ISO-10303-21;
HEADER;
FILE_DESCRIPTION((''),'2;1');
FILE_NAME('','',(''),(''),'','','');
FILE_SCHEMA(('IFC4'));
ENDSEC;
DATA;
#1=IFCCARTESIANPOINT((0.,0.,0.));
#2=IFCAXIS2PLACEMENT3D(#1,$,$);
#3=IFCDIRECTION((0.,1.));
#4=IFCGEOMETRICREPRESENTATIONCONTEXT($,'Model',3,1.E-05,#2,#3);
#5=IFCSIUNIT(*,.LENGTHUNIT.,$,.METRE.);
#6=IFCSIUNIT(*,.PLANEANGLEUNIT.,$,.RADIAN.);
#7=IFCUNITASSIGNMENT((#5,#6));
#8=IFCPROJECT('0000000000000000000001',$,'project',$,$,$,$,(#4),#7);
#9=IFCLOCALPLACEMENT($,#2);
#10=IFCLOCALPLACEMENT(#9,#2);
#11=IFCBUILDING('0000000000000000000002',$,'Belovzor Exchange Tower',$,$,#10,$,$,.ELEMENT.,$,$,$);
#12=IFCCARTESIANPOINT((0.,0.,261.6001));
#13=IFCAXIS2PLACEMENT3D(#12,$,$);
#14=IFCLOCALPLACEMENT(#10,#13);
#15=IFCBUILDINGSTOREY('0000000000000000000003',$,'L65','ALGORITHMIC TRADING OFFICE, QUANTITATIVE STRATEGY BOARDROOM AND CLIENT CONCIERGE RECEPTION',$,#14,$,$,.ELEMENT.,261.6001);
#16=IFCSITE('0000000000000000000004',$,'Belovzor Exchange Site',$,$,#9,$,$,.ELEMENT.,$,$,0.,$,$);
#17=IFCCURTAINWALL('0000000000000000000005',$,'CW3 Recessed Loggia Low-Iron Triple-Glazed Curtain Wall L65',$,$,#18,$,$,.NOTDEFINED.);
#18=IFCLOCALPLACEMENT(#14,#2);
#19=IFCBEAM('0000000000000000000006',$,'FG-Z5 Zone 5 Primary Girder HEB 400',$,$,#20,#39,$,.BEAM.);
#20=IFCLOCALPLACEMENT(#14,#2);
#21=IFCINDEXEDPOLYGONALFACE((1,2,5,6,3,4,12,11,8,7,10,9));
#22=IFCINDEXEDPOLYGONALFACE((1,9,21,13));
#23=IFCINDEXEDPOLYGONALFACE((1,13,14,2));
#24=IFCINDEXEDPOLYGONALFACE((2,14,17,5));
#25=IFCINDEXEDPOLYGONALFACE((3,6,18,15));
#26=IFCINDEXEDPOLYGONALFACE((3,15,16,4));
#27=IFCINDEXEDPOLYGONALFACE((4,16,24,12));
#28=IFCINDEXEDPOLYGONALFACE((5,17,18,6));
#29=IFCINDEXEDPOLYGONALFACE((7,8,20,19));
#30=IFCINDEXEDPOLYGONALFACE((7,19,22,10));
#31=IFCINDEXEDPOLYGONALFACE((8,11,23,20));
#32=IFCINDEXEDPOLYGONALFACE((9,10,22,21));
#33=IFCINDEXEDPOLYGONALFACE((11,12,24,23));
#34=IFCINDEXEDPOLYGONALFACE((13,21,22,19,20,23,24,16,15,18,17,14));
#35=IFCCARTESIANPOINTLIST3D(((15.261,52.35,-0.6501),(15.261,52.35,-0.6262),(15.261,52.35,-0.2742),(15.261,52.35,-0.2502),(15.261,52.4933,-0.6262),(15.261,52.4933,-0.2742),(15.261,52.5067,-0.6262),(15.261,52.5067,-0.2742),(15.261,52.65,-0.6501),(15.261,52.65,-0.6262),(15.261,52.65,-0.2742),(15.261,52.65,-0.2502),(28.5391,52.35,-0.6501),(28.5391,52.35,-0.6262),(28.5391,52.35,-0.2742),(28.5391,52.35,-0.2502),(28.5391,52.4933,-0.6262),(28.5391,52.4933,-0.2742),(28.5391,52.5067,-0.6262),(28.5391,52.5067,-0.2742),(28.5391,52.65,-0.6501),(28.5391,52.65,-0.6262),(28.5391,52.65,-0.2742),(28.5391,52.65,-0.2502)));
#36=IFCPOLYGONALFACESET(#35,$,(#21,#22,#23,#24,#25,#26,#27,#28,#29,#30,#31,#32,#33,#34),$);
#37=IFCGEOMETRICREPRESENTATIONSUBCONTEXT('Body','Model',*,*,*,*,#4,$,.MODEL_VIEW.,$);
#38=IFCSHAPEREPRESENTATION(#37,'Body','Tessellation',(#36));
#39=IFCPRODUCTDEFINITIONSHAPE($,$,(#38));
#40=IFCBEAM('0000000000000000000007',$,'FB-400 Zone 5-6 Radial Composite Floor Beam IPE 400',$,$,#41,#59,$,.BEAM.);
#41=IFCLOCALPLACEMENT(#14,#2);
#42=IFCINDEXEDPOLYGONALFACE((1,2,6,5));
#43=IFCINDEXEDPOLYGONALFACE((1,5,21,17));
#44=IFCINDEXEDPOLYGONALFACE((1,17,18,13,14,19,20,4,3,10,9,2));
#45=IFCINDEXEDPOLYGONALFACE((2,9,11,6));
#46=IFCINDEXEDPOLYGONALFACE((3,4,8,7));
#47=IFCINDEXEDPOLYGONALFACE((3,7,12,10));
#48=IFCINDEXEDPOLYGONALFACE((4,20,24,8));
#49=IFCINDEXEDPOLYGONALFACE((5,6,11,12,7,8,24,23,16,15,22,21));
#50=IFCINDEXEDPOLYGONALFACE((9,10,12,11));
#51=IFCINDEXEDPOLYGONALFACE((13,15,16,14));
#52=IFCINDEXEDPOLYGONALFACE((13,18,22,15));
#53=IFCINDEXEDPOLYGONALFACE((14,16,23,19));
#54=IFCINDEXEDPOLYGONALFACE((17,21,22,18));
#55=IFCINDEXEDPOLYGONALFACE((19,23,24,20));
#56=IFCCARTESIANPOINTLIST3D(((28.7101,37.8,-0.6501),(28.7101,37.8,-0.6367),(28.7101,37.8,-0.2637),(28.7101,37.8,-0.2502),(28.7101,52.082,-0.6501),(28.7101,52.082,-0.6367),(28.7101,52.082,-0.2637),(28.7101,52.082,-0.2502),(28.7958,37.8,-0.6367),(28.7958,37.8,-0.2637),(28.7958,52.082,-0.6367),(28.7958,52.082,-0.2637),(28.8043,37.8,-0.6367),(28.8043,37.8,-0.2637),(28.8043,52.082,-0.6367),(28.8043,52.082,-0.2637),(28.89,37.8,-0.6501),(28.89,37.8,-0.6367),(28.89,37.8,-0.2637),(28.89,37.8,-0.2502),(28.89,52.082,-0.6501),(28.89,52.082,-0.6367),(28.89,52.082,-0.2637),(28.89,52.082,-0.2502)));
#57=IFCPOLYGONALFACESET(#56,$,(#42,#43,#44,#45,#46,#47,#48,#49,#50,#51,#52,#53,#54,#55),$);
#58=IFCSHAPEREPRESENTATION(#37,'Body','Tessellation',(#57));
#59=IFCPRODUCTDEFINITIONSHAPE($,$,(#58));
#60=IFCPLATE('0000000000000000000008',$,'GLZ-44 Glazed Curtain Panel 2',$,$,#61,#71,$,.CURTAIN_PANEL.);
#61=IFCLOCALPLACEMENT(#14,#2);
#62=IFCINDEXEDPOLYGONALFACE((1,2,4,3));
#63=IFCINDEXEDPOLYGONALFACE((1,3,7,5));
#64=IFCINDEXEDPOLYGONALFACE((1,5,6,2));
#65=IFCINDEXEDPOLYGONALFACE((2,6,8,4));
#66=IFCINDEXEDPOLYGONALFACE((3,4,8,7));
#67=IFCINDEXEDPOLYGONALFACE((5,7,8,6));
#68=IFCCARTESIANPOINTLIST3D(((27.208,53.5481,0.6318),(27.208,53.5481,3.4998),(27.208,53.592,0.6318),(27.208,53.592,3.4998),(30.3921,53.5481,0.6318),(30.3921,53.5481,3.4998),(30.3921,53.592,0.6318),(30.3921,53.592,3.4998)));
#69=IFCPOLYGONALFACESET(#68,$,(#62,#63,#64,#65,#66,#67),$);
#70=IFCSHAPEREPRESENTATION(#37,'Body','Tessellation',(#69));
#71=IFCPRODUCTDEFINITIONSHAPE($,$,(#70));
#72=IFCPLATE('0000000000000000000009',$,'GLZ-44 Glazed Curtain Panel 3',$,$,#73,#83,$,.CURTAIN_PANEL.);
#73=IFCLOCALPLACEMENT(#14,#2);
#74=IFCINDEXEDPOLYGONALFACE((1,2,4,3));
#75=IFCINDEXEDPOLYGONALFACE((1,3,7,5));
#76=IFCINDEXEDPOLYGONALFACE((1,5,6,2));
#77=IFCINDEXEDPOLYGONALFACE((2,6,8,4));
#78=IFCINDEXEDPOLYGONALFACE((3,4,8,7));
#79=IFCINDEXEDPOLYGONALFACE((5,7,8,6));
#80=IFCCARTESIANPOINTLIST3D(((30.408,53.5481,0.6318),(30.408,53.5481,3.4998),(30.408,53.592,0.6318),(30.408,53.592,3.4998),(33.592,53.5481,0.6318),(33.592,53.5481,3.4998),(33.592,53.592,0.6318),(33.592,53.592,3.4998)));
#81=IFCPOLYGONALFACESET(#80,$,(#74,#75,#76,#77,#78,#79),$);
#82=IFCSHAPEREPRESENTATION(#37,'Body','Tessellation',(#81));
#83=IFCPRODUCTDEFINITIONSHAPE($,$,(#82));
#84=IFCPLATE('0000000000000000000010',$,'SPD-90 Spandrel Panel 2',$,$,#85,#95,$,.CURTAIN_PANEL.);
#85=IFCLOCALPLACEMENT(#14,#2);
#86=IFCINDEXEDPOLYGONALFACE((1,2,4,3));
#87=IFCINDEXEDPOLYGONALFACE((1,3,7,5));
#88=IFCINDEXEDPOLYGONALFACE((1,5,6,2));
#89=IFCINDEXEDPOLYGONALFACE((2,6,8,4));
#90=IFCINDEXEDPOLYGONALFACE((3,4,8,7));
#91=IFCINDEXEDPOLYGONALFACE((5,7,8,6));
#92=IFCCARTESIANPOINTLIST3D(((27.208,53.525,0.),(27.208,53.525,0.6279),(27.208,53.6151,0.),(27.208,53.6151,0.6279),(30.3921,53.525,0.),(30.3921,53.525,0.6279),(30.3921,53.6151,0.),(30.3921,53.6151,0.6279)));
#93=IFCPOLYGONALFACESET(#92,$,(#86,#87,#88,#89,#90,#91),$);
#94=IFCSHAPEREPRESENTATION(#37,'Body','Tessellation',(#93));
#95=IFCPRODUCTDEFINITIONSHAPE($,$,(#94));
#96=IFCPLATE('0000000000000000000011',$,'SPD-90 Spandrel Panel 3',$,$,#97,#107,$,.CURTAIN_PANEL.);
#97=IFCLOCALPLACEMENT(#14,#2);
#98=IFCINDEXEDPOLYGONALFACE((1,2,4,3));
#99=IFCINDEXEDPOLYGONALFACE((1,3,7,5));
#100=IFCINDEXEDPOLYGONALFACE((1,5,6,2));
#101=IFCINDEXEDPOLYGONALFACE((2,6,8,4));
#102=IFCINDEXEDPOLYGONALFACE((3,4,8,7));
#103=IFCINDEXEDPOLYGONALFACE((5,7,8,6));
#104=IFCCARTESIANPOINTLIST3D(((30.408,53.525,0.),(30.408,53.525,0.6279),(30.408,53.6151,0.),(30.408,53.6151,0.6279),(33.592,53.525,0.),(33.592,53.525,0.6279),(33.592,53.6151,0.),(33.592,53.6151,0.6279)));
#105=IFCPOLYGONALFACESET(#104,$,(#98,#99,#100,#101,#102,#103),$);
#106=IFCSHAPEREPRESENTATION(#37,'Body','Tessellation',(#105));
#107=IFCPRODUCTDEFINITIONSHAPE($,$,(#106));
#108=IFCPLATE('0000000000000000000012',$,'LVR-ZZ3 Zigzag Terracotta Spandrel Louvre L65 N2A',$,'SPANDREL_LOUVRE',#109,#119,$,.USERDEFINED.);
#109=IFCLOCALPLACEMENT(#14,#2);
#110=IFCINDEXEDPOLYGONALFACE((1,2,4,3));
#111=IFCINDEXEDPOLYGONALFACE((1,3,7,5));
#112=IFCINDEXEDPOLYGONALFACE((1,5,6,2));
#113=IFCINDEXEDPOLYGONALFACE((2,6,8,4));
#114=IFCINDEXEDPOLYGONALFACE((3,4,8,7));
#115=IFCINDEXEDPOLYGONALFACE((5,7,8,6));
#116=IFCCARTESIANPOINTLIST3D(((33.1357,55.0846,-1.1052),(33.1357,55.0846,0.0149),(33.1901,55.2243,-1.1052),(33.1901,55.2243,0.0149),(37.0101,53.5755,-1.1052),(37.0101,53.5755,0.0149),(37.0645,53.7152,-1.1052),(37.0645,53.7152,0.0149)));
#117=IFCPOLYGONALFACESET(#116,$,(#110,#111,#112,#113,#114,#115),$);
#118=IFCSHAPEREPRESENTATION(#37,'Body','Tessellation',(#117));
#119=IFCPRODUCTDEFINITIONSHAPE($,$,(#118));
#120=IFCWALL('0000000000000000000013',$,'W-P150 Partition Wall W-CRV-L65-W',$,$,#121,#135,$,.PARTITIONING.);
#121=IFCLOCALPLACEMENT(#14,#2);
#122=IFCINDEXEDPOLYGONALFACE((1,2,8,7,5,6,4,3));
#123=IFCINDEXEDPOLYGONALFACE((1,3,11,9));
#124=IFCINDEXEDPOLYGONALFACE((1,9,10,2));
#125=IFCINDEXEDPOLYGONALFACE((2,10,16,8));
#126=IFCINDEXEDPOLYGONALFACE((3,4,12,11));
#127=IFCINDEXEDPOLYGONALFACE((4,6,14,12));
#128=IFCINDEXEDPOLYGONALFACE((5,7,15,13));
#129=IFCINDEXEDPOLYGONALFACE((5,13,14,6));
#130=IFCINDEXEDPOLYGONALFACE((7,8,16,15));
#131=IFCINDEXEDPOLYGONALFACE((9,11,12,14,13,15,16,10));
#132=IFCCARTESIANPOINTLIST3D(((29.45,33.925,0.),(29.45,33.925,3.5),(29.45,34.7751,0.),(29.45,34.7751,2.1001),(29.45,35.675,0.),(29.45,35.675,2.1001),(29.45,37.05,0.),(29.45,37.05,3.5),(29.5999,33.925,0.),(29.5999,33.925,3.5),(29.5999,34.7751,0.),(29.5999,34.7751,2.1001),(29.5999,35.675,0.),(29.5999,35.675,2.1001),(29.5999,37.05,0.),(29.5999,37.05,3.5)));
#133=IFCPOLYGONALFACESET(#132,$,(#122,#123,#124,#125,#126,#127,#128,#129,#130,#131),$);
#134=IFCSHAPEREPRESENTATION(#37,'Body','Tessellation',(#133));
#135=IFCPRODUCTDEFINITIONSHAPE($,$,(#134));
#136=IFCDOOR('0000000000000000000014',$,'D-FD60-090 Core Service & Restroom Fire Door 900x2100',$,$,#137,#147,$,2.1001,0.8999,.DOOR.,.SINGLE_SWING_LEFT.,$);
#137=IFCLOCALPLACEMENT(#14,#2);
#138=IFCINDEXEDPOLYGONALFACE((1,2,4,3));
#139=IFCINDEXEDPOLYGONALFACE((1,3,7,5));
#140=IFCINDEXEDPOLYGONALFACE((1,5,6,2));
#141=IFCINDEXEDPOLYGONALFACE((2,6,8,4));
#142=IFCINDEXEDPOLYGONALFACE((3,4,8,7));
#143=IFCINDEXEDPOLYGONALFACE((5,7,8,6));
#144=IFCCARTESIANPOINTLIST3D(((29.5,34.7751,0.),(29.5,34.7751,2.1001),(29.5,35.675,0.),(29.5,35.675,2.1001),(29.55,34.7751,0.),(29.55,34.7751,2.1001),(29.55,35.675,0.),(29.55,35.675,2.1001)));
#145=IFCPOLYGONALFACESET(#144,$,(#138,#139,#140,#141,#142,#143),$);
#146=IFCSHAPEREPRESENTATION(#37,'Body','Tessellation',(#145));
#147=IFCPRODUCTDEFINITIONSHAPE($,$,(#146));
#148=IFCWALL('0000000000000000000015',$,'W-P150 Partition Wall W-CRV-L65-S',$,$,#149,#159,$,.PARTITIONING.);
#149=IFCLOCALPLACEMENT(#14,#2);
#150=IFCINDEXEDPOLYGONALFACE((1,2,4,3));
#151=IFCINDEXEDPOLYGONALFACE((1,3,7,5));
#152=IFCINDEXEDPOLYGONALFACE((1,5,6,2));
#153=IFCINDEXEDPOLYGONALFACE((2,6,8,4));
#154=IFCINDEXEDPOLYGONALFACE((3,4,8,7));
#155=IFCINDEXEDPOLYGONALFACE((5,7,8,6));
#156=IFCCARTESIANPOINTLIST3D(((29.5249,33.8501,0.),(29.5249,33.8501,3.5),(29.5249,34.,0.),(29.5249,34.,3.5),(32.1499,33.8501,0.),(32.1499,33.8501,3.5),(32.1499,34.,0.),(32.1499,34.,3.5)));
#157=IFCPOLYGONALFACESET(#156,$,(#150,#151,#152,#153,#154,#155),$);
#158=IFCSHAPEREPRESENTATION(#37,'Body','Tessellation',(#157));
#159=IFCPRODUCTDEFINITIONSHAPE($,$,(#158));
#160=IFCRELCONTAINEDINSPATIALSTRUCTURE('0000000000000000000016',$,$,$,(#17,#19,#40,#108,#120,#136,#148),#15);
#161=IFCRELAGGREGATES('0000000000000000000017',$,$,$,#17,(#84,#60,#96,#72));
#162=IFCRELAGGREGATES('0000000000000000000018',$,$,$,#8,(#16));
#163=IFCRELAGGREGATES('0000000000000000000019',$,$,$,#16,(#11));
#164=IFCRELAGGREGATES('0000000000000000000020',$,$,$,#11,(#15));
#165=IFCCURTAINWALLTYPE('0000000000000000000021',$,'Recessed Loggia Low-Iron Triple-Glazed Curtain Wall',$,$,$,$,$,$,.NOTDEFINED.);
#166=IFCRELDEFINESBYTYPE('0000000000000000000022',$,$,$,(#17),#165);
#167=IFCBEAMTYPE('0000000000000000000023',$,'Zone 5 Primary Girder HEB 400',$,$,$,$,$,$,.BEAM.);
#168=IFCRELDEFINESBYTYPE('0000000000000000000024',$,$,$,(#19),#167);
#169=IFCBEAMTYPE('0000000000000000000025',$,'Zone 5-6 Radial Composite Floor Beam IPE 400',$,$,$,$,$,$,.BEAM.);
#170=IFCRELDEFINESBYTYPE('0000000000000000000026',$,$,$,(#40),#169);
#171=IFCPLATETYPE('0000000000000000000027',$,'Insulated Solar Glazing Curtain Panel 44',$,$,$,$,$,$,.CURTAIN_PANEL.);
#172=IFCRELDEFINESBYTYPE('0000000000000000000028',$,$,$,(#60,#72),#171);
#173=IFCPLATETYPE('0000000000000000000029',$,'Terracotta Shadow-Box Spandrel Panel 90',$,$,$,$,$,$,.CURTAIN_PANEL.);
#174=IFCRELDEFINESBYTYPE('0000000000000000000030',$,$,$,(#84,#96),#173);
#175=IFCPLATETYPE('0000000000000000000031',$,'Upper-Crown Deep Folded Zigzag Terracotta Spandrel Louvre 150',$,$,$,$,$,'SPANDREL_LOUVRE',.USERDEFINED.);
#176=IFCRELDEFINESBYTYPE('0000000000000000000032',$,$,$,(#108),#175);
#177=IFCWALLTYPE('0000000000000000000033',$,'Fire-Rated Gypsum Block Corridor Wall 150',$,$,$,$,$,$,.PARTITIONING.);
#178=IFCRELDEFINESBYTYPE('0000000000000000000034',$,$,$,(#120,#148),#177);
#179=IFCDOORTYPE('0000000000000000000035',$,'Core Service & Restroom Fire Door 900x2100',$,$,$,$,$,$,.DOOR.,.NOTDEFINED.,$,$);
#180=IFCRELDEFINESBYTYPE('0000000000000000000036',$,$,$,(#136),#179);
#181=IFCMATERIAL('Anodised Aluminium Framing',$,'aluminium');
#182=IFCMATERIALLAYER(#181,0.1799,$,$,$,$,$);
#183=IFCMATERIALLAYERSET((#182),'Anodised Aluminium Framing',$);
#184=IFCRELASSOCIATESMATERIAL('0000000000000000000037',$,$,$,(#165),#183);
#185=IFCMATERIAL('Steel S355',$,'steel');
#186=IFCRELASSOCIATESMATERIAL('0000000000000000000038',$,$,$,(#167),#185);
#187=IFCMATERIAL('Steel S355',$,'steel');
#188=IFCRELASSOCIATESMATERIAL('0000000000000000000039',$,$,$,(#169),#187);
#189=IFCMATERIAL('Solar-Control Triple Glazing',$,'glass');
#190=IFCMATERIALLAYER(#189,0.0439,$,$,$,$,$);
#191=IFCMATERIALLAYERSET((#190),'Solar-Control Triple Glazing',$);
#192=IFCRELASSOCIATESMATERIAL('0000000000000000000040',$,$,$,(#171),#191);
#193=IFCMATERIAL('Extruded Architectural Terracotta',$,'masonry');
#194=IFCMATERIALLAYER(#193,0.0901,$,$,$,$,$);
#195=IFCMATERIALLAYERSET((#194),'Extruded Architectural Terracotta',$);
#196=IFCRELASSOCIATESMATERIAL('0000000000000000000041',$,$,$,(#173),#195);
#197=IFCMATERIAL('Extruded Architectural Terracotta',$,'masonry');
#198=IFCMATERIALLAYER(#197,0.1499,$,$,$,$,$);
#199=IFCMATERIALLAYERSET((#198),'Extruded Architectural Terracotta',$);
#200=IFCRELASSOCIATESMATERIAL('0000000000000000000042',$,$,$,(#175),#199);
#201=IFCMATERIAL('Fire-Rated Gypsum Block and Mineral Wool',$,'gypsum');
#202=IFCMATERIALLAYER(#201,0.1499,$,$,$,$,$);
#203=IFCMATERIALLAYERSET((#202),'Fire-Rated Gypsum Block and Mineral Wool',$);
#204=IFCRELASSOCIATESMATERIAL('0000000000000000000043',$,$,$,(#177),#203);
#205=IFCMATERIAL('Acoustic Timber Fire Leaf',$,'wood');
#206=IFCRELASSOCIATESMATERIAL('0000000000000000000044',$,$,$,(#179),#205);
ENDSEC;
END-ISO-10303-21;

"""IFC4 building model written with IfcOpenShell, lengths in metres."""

from ifc_helpers import new_model, si_unit, direction, frame, frame_2d, origin, origin_2d, place, context, subcontext, project, spatial, rectangle, i_section, extrude, material, layer, layer_set, material_profile, profile_set, type_object, element, fill, aggregate, save


model = new_model("IFC4")

# Units and contexts
model_context = context("Model", 3, precision=1e-05, world=origin(), true_north=direction((0.0, 1.0)))
body_context = subcontext(model_context, "Body", "Model", "MODEL_VIEW")
ifc_project = project(units=[si_unit("LENGTHUNIT", "METRE"), si_unit("PLANEANGLEUNIT", "RADIAN")], contexts=[model_context])

# Site, building, storey
site_placement = place(None, origin())
site = spatial("IfcSite", under=ifc_project, at=site_placement, Name="Belovzor Exchange Site", CompositionType="ELEMENT", RefElevation=0.0)
building_placement = place(site_placement, origin())
building = spatial("IfcBuilding", under=site, at=building_placement, Name="Belovzor Exchange Tower", CompositionType="ELEMENT")
storey_placement = place(building_placement, frame((0.0, 0.0, 261.6001)))
storey = spatial("IfcBuildingStorey", under=building, at=storey_placement, Name="L65", Description="ALGORITHMIC TRADING OFFICE, QUANTITATIVE STRATEGY BOARDROOM AND CLIENT CONCIERGE RECEPTION", CompositionType="ELEMENT", Elevation=261.6001)

# Curtain wall
ifc_material_1 = material(Name="Anodised Aluminium Framing", Category="aluminium")
ifc_layer_1 = layer(ifc_material_1, 0.1799)
ifc_layer_set_1 = layer_set([ifc_layer_1], Name="Anodised Aluminium Framing")
curtain_wall_type = type_object("IfcCurtainWallType", Name="Recessed Loggia Low-Iron Triple-Glazed Curtain Wall", PredefinedType="NOTDEFINED", material=ifc_layer_set_1)
curtain_wall_placement = place(storey_placement, origin())
curtain_wall = element("IfcCurtainWall", 1, at=curtain_wall_placement, inside=storey, type_object=curtain_wall_type, Name="CW3 Recessed Loggia Low-Iron Triple-Glazed Curtain Wall L65", PredefinedType="NOTDEFINED")

# Beams
ifc_material_2 = material(Name="Steel S355", Category="steel")
ifc_material_profile_1 = material_profile(ifc_material_2, i_section(OverallWidth=0.3, OverallDepth=0.3999, WebThickness=0.0134, FlangeThickness=0.0239, at=origin_2d()))
ifc_profile_set_1 = profile_set([ifc_material_profile_1], Name="Steel S355")
beam_type_1 = type_object("IfcBeamType", Name="Zone 5 Primary Girder HEB 400", PredefinedType="BEAM", material=ifc_profile_set_1)
beam_1_placement = place(storey_placement, frame((28.5391, 52.5, -0.4502), z_axis=(-1.0, 0.0, 0.0), x_axis=(0.0, -1.0, 0.0)))
element("IfcBeam", 2, at=beam_1_placement, inside=storey, type_object=beam_type_1, Name="FG-Z5 Zone 5 Primary Girder HEB 400", PredefinedType="BEAM", context=body_context, shape_type="SweptSolid", body=[
    extrude(i_section(OverallWidth=0.3, OverallDepth=0.3999, WebThickness=0.0134, FlangeThickness=0.0239, at=origin_2d()), origin(), (0.0, 0.0, 1.0), 13.2781),
])
ifc_material_3 = material(Name="Steel S355", Category="steel")
ifc_material_profile_2 = material_profile(ifc_material_3, i_section(OverallWidth=0.1799, OverallDepth=0.3999, WebThickness=0.0085, FlangeThickness=0.0134, at=origin_2d()))
ifc_profile_set_2 = profile_set([ifc_material_profile_2], Name="Steel S355")
beam_type_2 = type_object("IfcBeamType", Name="Zone 5-6 Radial Composite Floor Beam IPE 400", PredefinedType="BEAM", material=ifc_profile_set_2)
beam_2_placement = place(storey_placement, frame((28.8, 37.8, -0.4502), z_axis=(0.0, 1.0, 0.0), x_axis=(-1.0, 0.0, 0.0)))
element("IfcBeam", 3, at=beam_2_placement, inside=storey, type_object=beam_type_2, Name="FB-400 Zone 5-6 Radial Composite Floor Beam IPE 400", PredefinedType="BEAM", context=body_context, shape_type="SweptSolid", body=[
    extrude(i_section(OverallWidth=0.1799, OverallDepth=0.3999, WebThickness=0.0085, FlangeThickness=0.0134, at=origin_2d()), origin(), (0.0, 0.0, 1.0), 14.282),
])

# Plates
ifc_material_4 = material(Name="Solar-Control Triple Glazing", Category="glass")
ifc_layer_2 = layer(ifc_material_4, 0.0439)
ifc_layer_set_2 = layer_set([ifc_layer_2], Name="Solar-Control Triple Glazing")
plate_type_1 = type_object("IfcPlateType", Name="Insulated Solar Glazing Curtain Panel 44", PredefinedType="CURTAIN_PANEL", material=ifc_layer_set_2)
plate_1_placement = place(storey_placement, frame((28.8, 53.5701, 0.6318), z_axis=(0.0, 0.0, 1.0), x_axis=(1.0, 0.0, 0.0)))
plate_1 = element("IfcPlate", 4, at=plate_1_placement, type_object=plate_type_1, Name="GLZ-44 Glazed Curtain Panel 2", PredefinedType="CURTAIN_PANEL", context=body_context, shape_type="SweptSolid", body=[
    extrude(rectangle(XDim=3.1841, YDim=0.0439, at=origin_2d()), origin(), (0.0, 0.0, 1.0), 2.8679),
])
plate_2_placement = place(storey_placement, frame((32.0, 53.5701, 0.6318), z_axis=(0.0, 0.0, 1.0), x_axis=(1.0, 0.0, 0.0)))
plate_2 = element("IfcPlate", 5, at=plate_2_placement, type_object=plate_type_1, Name="GLZ-44 Glazed Curtain Panel 3", PredefinedType="CURTAIN_PANEL", context=body_context, shape_type="SweptSolid", body=[
    extrude(rectangle(XDim=3.1841, YDim=0.0439, at=origin_2d()), origin(), (0.0, 0.0, 1.0), 2.8679),
])
ifc_material_5 = material(Name="Extruded Architectural Terracotta", Category="masonry")
ifc_layer_3 = layer(ifc_material_5, 0.0901)
ifc_layer_set_3 = layer_set([ifc_layer_3], Name="Extruded Architectural Terracotta")
plate_type_2 = type_object("IfcPlateType", Name="Terracotta Shadow-Box Spandrel Panel 90", PredefinedType="CURTAIN_PANEL", material=ifc_layer_set_3)
plate_3_placement = place(storey_placement, frame((28.8, 53.5701, 0.0), z_axis=(0.0, 0.0, 1.0), x_axis=(1.0, 0.0, 0.0)))
plate_3 = element("IfcPlate", 6, at=plate_3_placement, type_object=plate_type_2, Name="SPD-90 Spandrel Panel 2", PredefinedType="CURTAIN_PANEL", context=body_context, shape_type="SweptSolid", body=[
    extrude(rectangle(XDim=3.1841, YDim=0.0901, at=origin_2d()), origin(), (0.0, 0.0, 1.0), 0.6279),
])
plate_4_placement = place(storey_placement, frame((32.0, 53.5701, 0.0), z_axis=(0.0, 0.0, 1.0), x_axis=(1.0, 0.0, 0.0)))
plate_4 = element("IfcPlate", 7, at=plate_4_placement, type_object=plate_type_2, Name="SPD-90 Spandrel Panel 3", PredefinedType="CURTAIN_PANEL", context=body_context, shape_type="SweptSolid", body=[
    extrude(rectangle(XDim=3.1841, YDim=0.0901, at=origin_2d()), origin(), (0.0, 0.0, 1.0), 0.6279),
])
aggregate(curtain_wall, [plate_3, plate_1, plate_4, plate_2])
ifc_material_6 = material(Name="Extruded Architectural Terracotta", Category="masonry")
ifc_layer_4 = layer(ifc_material_6, 0.1499)
ifc_layer_set_4 = layer_set([ifc_layer_4], Name="Extruded Architectural Terracotta")
plate_type_3 = type_object("IfcPlateType", Name="Upper-Crown Deep Folded Zigzag Terracotta Spandrel Louvre 150", ElementType="SPANDREL_LOUVRE", PredefinedType="USERDEFINED", material=ifc_layer_set_4)
plate_5_placement = place(storey_placement, frame((35.1001, 54.3999, -1.1052), z_axis=(0.0, 0.0, 1.0), x_axis=(0.931818, -0.362926, 0.0)))
element("IfcPlate", 8, at=plate_5_placement, inside=storey, type_object=plate_type_3, Name="LVR-ZZ3 Zigzag Terracotta Spandrel Louvre L65 N2A", ObjectType="SPANDREL_LOUVRE", PredefinedType="USERDEFINED", context=body_context, shape_type="SweptSolid", body=[
    extrude(rectangle(XDim=4.158, YDim=0.1499, at=origin_2d()), origin(), (0.0, 0.0, 1.0), 1.1201),
])

# Wall, opening, door
ifc_material_7 = material(Name="Fire-Rated Gypsum Block and Mineral Wool", Category="gypsum")
ifc_layer_5 = layer(ifc_material_7, 0.1499)
ifc_layer_set_5 = layer_set([ifc_layer_5], Name="Fire-Rated Gypsum Block and Mineral Wool")
wall_type_1 = type_object("IfcWallType", Name="Fire-Rated Gypsum Block Corridor Wall 150", PredefinedType="PARTITIONING", material=ifc_layer_set_5)
wall_1_placement = place(storey_placement, frame((29.5249, 33.925, 0.0), z_axis=(0.0, 0.0, 1.0), x_axis=(0.0, 1.0, 0.0)))
wall_1 = element("IfcWall", 9, at=wall_1_placement, inside=storey, type_object=wall_type_1, Name="W-P150 Partition Wall W-CRV-L65-W", PredefinedType="PARTITIONING", context=body_context, shape_type="SweptSolid", body=[
    extrude(rectangle(XDim=3.125, YDim=0.1499, at=frame_2d((1.5625, 0.0))), origin(), (0.0, 0.0, 1.0), 3.5),
])
opening_1_placement = place(wall_1_placement, frame((0.8501, 0.0, 0.0)))
opening_1 = element("IfcOpeningElement", 10, at=opening_1_placement, cuts=wall_1, PredefinedType="OPENING", context=body_context, shape_type="SweptSolid", body=[
    extrude(rectangle(XDim=0.8999, YDim=2.1001, at=frame_2d((0.45, 1.05))), frame((0.0, 0.085, 0.0), z_axis=(0.0, -1.0, 0.0), x_axis=(1.0, 0.0, 0.0)), (0.0, 0.0, 1.0), 0.1699),
])
ifc_material_8 = material(Name="Acoustic Timber Fire Leaf", Category="wood")
door_type_1 = type_object("IfcDoorType", Name="Core Service & Restroom Fire Door 900x2100", OperationType="NOTDEFINED", PredefinedType="DOOR", material=ifc_material_8)
door_1_placement = place(opening_1_placement, origin())
door_1 = element("IfcDoor", 11, at=door_1_placement, inside=storey, type_object=door_type_1, Name="D-FD60-090 Core Service & Restroom Fire Door 900x2100", OperationType="SINGLE_SWING_LEFT", OverallHeight=2.1001, OverallWidth=0.8999, PredefinedType="DOOR", context=body_context, shape_type="SweptSolid", body=[
    extrude(rectangle(XDim=0.8999, YDim=2.1001, at=frame_2d((0.45, 1.05))), frame((0.0, 0.0249, 0.0), z_axis=(0.0, -1.0, 0.0), x_axis=(1.0, 0.0, 0.0)), (0.0, 0.0, 1.0), 0.05),
])
fill(opening_1, door_1)

# Wall
wall_2_placement = place(storey_placement, frame((29.5249, 33.925, 0.0), z_axis=(0.0, 0.0, 1.0), x_axis=(1.0, 0.0, 0.0)))
element("IfcWall", 12, at=wall_2_placement, inside=storey, type_object=wall_type_1, Name="W-P150 Partition Wall W-CRV-L65-S", PredefinedType="PARTITIONING", context=body_context, shape_type="SweptSolid", body=[
    extrude(rectangle(XDim=2.625, YDim=0.1499, at=frame_2d((1.3125, 0.0))), origin(), (0.0, 0.0, 1.0), 3.5),
])

save(model, "model.ifc")
